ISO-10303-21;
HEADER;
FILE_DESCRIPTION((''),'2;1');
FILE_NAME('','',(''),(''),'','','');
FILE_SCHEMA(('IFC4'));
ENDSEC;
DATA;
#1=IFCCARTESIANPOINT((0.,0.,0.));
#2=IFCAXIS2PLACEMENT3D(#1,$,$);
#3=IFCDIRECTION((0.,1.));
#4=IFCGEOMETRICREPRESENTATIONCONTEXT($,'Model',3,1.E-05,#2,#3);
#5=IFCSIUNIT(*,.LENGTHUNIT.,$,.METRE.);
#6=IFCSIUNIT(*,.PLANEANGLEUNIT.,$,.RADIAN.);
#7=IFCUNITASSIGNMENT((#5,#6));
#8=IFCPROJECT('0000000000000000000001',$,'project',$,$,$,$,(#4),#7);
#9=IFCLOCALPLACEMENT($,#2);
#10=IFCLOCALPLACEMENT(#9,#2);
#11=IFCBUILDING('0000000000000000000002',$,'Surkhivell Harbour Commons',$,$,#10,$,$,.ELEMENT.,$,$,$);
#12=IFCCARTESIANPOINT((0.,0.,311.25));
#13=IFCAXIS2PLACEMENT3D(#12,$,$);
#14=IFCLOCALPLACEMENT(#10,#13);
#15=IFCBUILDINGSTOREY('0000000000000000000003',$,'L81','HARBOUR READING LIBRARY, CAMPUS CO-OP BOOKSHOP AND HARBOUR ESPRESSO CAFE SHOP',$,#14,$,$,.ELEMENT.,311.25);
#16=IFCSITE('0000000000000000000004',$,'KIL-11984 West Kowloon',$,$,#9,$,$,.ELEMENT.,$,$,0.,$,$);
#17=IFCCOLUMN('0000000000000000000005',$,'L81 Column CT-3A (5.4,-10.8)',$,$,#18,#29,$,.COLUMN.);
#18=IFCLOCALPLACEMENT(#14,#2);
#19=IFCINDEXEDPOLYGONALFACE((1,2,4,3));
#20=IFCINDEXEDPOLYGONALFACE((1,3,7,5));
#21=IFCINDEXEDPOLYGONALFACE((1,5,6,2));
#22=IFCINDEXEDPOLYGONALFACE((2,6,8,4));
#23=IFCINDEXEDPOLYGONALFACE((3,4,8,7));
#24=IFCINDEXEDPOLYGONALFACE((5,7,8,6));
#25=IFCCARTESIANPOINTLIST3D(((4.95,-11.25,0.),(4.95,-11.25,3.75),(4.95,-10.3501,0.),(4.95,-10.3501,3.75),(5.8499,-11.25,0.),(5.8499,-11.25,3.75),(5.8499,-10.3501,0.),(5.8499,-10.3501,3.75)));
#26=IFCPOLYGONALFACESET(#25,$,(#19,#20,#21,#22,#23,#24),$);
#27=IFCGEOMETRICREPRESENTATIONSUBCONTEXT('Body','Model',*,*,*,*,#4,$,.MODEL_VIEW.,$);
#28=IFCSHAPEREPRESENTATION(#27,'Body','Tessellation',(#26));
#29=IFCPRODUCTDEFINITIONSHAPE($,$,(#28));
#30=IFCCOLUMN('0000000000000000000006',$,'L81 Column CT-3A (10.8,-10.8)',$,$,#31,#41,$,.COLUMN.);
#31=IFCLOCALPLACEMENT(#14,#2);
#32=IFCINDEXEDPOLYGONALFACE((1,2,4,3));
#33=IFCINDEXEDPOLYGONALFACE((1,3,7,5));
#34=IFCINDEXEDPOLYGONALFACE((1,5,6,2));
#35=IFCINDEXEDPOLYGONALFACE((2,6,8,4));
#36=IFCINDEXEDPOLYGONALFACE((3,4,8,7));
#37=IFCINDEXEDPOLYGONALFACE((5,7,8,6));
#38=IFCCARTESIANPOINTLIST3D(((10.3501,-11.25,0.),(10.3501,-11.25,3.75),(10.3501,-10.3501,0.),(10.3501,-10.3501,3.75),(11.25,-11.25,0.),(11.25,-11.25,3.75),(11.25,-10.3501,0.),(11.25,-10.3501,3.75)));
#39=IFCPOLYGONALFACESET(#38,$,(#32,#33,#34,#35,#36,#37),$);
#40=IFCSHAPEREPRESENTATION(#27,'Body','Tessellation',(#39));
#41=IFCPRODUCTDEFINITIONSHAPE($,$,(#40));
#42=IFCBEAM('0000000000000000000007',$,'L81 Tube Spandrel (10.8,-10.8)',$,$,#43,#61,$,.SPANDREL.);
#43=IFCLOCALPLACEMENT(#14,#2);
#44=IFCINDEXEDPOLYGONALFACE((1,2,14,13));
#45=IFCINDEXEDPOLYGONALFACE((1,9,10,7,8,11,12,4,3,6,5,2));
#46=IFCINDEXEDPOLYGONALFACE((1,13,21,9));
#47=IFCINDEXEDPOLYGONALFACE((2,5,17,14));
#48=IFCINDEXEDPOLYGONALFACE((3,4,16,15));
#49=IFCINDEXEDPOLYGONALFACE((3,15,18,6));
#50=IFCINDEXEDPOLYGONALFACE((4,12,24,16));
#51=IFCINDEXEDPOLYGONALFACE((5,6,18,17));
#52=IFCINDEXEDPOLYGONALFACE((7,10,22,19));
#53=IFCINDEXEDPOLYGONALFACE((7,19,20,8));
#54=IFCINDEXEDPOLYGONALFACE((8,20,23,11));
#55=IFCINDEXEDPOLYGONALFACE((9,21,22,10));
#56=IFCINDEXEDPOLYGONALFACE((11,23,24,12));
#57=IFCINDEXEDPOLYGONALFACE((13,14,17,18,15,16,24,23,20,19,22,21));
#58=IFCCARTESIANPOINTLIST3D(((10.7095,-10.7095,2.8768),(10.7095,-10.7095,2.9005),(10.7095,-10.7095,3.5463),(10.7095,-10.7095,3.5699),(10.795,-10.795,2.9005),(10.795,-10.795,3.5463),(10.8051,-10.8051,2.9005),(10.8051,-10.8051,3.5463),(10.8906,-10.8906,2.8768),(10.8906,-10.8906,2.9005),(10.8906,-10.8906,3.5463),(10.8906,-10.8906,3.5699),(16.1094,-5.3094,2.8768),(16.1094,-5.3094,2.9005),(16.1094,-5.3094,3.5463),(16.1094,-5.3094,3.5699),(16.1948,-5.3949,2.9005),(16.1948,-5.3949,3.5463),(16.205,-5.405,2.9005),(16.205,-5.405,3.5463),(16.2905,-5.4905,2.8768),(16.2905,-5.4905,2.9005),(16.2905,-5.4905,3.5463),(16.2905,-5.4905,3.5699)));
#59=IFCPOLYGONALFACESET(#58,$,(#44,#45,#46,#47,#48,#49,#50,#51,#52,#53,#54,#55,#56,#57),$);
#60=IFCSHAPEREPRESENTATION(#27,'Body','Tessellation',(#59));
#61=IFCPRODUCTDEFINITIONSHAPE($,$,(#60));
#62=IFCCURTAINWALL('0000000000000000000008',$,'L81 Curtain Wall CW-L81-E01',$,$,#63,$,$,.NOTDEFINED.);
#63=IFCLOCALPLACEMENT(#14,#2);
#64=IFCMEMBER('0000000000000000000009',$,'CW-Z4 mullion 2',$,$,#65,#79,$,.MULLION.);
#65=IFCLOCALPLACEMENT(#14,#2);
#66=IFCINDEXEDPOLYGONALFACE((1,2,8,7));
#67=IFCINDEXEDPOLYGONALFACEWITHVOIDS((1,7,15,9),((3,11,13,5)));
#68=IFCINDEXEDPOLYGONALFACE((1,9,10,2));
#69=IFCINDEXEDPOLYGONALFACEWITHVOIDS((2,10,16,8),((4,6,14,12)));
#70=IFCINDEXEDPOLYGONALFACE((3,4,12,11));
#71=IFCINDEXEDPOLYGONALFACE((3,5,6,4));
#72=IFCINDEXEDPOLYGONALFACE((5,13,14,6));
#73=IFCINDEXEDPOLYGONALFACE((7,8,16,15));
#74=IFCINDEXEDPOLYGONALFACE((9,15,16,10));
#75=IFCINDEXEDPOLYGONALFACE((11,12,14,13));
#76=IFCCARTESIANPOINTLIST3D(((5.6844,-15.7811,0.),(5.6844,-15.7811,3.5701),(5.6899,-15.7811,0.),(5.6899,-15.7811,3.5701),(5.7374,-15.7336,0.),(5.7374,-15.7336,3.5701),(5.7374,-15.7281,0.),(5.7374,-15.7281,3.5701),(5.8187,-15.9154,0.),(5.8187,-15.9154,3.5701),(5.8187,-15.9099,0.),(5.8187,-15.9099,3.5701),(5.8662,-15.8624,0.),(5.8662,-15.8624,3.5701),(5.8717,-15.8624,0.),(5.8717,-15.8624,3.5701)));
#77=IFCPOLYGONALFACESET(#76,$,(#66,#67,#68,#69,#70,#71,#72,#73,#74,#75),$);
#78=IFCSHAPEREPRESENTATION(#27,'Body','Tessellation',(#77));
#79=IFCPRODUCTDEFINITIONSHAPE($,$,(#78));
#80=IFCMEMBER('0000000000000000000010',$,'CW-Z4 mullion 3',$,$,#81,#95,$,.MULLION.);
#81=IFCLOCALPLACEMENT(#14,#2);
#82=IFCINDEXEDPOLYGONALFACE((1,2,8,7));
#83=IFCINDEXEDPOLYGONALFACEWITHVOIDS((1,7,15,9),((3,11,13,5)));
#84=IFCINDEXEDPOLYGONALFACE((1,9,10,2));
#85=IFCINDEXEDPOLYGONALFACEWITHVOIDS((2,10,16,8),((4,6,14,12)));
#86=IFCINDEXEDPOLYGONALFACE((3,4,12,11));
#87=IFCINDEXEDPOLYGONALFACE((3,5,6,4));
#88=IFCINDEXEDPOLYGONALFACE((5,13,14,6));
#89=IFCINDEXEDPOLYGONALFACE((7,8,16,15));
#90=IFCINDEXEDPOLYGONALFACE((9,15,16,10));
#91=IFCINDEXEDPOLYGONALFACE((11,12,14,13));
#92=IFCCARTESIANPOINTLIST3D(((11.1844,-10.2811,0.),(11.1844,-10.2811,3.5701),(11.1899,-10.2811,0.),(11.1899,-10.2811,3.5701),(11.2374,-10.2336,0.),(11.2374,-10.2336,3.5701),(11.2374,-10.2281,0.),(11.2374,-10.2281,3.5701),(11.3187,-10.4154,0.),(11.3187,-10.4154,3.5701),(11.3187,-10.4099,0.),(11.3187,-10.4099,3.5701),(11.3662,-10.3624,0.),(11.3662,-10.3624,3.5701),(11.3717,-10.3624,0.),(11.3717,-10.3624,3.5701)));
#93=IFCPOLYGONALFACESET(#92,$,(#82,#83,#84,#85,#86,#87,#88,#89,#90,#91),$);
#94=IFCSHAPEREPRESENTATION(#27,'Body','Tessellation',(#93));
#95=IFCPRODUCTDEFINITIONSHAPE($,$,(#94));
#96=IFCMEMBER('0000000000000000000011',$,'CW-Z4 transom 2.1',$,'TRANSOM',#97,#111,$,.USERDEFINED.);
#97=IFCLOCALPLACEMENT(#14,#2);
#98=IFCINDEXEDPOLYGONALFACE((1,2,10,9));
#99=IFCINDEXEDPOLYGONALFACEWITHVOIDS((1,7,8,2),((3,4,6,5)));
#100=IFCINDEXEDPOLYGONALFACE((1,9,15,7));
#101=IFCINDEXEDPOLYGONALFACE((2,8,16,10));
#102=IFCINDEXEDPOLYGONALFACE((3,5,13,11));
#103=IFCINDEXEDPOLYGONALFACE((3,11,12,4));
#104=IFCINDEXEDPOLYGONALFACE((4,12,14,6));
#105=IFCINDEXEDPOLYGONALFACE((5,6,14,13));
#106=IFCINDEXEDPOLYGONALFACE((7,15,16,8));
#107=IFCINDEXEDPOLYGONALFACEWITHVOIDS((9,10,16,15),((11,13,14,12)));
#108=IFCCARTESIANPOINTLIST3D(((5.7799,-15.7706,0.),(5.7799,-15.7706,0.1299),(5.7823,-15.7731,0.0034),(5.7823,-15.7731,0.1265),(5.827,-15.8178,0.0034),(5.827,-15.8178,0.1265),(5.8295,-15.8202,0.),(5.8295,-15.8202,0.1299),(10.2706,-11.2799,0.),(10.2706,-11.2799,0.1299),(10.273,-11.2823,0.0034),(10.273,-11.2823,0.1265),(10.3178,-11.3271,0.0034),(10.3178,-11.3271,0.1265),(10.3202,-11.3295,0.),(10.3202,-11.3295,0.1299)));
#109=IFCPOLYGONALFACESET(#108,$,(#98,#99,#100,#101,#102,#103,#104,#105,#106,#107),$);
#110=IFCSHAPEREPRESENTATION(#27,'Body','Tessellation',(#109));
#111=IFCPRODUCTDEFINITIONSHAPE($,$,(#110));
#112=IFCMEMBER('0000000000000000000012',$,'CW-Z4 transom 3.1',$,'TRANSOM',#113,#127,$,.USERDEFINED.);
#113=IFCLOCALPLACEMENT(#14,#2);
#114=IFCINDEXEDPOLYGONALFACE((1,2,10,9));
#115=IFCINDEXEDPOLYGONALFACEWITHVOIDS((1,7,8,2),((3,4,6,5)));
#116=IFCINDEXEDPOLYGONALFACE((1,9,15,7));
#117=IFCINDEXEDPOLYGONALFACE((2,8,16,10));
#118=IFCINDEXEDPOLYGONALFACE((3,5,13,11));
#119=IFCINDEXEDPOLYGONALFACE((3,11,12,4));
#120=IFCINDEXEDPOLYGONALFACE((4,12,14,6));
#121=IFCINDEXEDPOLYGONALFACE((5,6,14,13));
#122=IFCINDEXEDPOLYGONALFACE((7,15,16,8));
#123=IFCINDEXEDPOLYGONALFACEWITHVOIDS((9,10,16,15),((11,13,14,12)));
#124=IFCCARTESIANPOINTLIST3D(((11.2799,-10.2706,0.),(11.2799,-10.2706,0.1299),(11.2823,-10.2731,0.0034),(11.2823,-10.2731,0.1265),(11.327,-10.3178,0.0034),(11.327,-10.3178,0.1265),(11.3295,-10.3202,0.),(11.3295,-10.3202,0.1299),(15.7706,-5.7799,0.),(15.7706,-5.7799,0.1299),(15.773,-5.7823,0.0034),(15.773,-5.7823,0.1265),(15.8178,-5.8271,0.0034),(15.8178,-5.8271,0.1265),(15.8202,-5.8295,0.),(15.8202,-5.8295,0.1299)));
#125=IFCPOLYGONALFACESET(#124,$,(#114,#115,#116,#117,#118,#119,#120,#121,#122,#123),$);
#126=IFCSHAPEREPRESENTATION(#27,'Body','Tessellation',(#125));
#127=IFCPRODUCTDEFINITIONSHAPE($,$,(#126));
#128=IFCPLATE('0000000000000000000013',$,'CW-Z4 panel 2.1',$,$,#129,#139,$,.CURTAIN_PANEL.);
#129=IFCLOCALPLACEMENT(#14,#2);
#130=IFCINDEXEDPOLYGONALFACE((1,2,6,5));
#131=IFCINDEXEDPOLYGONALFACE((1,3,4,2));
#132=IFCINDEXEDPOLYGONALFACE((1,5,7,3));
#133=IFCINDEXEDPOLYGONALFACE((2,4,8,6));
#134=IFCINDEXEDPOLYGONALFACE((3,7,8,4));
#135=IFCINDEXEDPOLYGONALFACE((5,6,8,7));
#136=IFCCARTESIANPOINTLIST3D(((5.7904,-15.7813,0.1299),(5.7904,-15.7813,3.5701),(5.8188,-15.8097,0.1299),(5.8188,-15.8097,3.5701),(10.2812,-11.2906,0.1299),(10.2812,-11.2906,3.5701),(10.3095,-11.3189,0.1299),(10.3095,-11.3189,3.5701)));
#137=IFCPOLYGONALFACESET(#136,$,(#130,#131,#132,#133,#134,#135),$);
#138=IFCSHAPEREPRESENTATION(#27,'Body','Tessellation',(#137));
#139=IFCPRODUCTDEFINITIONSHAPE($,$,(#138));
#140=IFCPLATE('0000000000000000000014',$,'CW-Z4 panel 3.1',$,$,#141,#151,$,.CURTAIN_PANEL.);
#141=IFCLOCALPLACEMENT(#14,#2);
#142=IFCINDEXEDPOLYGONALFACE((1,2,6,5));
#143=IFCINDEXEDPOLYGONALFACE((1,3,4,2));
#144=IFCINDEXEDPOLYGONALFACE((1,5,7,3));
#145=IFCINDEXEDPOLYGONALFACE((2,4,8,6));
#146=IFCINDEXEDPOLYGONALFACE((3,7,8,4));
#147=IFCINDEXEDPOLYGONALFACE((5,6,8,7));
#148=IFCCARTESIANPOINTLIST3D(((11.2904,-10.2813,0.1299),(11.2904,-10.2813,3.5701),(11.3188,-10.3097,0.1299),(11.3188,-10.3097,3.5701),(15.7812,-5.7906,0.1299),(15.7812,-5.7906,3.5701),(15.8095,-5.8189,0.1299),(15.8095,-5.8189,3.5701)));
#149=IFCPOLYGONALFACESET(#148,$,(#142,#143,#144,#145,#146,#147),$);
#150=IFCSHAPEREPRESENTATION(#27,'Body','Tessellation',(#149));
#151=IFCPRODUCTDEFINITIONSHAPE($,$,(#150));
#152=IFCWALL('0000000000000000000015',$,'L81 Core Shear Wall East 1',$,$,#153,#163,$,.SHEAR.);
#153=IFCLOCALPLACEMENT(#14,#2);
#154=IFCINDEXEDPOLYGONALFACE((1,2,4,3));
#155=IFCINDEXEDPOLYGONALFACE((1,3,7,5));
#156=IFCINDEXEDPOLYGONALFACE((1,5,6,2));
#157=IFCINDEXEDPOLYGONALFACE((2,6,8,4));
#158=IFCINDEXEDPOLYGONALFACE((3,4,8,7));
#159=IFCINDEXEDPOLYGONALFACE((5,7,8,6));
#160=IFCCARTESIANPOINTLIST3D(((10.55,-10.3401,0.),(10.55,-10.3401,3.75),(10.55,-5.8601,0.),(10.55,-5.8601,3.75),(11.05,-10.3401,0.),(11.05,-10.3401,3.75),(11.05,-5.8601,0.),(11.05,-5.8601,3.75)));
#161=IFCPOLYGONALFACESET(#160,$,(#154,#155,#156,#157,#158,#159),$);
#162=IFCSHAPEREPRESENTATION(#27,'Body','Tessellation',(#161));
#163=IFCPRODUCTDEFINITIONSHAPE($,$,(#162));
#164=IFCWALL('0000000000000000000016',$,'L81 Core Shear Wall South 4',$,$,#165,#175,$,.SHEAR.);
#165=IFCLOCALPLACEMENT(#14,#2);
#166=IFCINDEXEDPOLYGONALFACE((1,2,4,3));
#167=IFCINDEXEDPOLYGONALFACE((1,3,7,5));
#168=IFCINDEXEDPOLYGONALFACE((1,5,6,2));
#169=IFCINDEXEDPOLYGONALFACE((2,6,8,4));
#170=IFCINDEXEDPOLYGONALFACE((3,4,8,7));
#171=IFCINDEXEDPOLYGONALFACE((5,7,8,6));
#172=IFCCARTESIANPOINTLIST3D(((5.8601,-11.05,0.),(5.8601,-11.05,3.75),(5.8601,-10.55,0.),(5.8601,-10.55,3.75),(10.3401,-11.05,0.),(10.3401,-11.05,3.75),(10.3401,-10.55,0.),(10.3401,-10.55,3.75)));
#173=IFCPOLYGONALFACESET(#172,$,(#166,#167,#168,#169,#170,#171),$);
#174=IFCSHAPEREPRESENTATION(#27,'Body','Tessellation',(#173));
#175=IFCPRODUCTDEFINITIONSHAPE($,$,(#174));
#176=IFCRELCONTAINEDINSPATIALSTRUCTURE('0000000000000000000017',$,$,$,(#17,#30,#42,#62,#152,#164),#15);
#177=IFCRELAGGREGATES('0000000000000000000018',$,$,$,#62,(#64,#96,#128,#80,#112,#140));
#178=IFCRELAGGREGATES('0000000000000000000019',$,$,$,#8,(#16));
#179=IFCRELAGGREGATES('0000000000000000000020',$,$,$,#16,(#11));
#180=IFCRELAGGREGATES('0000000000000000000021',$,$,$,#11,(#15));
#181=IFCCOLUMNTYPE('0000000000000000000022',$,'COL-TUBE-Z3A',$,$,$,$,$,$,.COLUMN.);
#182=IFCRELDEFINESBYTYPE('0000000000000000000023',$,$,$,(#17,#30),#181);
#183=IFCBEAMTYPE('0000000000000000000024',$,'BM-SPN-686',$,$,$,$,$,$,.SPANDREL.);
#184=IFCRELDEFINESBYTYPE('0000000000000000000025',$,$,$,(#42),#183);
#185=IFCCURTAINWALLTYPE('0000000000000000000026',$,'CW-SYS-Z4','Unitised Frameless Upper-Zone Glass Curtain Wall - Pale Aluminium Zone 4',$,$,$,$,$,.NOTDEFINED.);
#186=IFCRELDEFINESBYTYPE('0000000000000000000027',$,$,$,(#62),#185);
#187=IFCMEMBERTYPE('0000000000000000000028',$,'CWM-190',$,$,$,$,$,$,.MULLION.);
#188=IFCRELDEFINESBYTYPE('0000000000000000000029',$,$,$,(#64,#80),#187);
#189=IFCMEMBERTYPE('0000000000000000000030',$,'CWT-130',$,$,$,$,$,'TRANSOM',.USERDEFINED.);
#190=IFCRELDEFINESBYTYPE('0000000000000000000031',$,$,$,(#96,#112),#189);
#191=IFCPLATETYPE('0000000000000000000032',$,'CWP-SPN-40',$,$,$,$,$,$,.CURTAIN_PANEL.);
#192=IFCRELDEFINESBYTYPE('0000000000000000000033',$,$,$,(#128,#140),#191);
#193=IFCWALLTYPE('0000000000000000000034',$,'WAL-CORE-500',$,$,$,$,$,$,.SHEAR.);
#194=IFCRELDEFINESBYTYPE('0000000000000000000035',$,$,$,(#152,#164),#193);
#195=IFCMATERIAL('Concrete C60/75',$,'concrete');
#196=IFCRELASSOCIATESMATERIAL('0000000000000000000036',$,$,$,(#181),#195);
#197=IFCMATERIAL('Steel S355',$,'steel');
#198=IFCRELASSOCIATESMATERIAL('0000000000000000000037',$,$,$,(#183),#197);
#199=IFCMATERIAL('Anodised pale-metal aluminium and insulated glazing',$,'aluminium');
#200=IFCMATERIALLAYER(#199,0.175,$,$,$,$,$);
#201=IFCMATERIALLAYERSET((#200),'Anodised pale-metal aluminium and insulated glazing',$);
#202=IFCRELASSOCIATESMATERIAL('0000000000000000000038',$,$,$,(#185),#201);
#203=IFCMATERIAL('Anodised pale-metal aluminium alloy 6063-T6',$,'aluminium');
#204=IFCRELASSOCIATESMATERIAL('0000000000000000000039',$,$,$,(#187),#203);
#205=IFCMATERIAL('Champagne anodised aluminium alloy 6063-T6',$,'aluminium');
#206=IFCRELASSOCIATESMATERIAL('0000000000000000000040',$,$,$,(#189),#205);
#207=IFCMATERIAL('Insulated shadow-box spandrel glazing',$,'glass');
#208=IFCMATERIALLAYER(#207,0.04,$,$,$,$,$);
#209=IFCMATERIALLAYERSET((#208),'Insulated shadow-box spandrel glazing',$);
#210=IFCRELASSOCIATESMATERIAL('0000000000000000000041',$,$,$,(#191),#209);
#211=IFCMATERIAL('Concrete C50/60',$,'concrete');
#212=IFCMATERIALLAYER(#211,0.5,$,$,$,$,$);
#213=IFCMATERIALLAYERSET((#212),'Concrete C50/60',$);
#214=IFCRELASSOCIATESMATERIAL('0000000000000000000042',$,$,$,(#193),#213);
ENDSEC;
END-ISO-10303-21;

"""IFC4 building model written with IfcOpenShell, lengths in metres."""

from ifc_helpers import new_model, si_unit, direction, frame, frame_2d, origin, origin_2d, place, context, subcontext, project, spatial, rectangle, hollow_rectangle, i_section, extrude, material, layer, layer_set, material_profile, profile_set, type_object, element, aggregate, save


model = new_model("IFC4")

# Units and contexts
model_context = context("Model", 3, precision=1e-05, world=origin(), true_north=direction((0.0, 1.0)))
body_context = subcontext(model_context, "Body", "Model", "MODEL_VIEW")
ifc_project = project(units=[si_unit("LENGTHUNIT", "METRE"), si_unit("PLANEANGLEUNIT", "RADIAN")], contexts=[model_context])

# Site, building, storey
site_placement = place(None, origin())
site = spatial("IfcSite", under=ifc_project, at=site_placement, Name="KIL-11984 West Kowloon", CompositionType="ELEMENT", RefElevation=0.0)
building_placement = place(site_placement, origin())
building = spatial("IfcBuilding", under=site, at=building_placement, Name="Surkhivell Harbour Commons", CompositionType="ELEMENT")
storey_placement = place(building_placement, frame((0.0, 0.0, 311.25)))
storey = spatial("IfcBuildingStorey", under=building, at=storey_placement, Name="L81", Description="HARBOUR READING LIBRARY, CAMPUS CO-OP BOOKSHOP AND HARBOUR ESPRESSO CAFE SHOP", CompositionType="ELEMENT", Elevation=311.25)

# Columns
ifc_material_1 = material(Name="Concrete C60/75", Category="concrete")
ifc_material_profile_1 = material_profile(ifc_material_1, rectangle(XDim=0.8999, YDim=0.8999, at=origin_2d()), Name="RC-COL-900x900")
ifc_profile_set_1 = profile_set([ifc_material_profile_1], Name="Concrete C60/75")
column_type = type_object("IfcColumnType", Name="COL-TUBE-Z3A", PredefinedType="COLUMN", material=ifc_profile_set_1)
for number, where, z_axis, x_axis, name in (
    (1, (5.3999, -10.8, 0.0), (0.0, 0.0, 1.0), (1.0, 0.0, 0.0), "L81 Column CT-3A (5.4,-10.8)"),
    (2, (10.8, -10.8, 0.0), (0.0, 0.0, 1.0), (1.0, 0.0, 0.0), "L81 Column CT-3A (10.8,-10.8)"),
):
    element("IfcColumn", number, at=place(storey_placement, frame(where, z_axis=z_axis, x_axis=x_axis)), inside=storey, type_object=column_type, Name=name, PredefinedType="COLUMN", context=body_context, shape_type="SweptSolid", body=[
        extrude(rectangle(XDim=0.8999, YDim=0.8999, at=origin_2d()), origin(), (0.0, 0.0, 1.0), 3.75),
    ])

# Beam
ifc_material_2 = material(Name="Steel S355", Category="steel")
ifc_material_profile_2 = material_profile(ifc_material_2, i_section(OverallWidth=0.2561, OverallDepth=0.6931, WebThickness=0.0144, FlangeThickness=0.0237, at=origin_2d()), Name="UB686x254x170")
ifc_profile_set_2 = profile_set([ifc_material_profile_2], Name="Steel S355")
beam_type = type_object("IfcBeamType", Name="BM-SPN-686", PredefinedType="SPANDREL", material=ifc_profile_set_2)
beam_placement = place(storey_placement, frame((10.8, -10.8, 3.2234), z_axis=(0.707091, 0.707123, 0.0), x_axis=(-0.707123, 0.707091, 0.0)))
element("IfcBeam", 3, at=beam_placement, inside=storey, type_object=beam_type, Name="L81 Tube Spandrel (10.8,-10.8)", PredefinedType="SPANDREL", context=body_context, shape_type="SweptSolid", body=[
    extrude(i_section(OverallWidth=0.2561, OverallDepth=0.6931, WebThickness=0.0144, FlangeThickness=0.0237, at=origin_2d()), origin(), (0.0, 0.0, 1.0), 7.6367),
])

# Curtain wall, members, plates
ifc_material_3 = material(Name="Anodised pale-metal aluminium and insulated glazing", Category="aluminium")
ifc_layer_1 = layer(ifc_material_3, 0.175)
ifc_layer_set_1 = layer_set([ifc_layer_1], Name="Anodised pale-metal aluminium and insulated glazing")
curtain_wall_type = type_object("IfcCurtainWallType", Name="CW-SYS-Z4", Description="Unitised Frameless Upper-Zone Glass Curtain Wall - Pale Aluminium Zone 4", PredefinedType="NOTDEFINED", material=ifc_layer_set_1)
curtain_wall_placement = place(storey_placement, origin())
curtain_wall = element("IfcCurtainWall", 4, at=curtain_wall_placement, inside=storey, type_object=curtain_wall_type, Name="L81 Curtain Wall CW-L81-E01", PredefinedType="NOTDEFINED")
ifc_material_4 = material(Name="Anodised pale-metal aluminium alloy 6063-T6", Category="aluminium")
ifc_material_profile_3 = material_profile(ifc_material_4, hollow_rectangle(XDim=0.075, YDim=0.1899, WallThickness=0.0039, at=origin_2d()), Name="ALU-MULL-75x190")
ifc_profile_set_3 = profile_set([ifc_material_profile_3], Name="Anodised pale-metal aluminium alloy 6063-T6")
member_type_1 = type_object("IfcMemberType", Name="CWM-190", PredefinedType="MULLION", material=ifc_profile_set_3)
member_1_placement = place(storey_placement, frame((5.7781, -15.8218, 0.0), z_axis=(0.0, 0.0, 1.0), x_axis=(0.707107, 0.707107, 0.0)))
member_1 = element("IfcMember", 5, at=member_1_placement, type_object=member_type_1, Name="CW-Z4 mullion 2", PredefinedType="MULLION", context=body_context, shape_type="SweptSolid", body=[
    extrude(hollow_rectangle(XDim=0.075, YDim=0.1899, WallThickness=0.0039, at=origin_2d()), origin(), (0.0, 0.0, 1.0), 3.5701),
])
member_2_placement = place(storey_placement, frame((11.2781, -10.3218, 0.0), z_axis=(0.0, 0.0, 1.0), x_axis=(0.707107, 0.707107, 0.0)))
member_2 = element("IfcMember", 6, at=member_2_placement, type_object=member_type_1, Name="CW-Z4 mullion 3", PredefinedType="MULLION", context=body_context, shape_type="SweptSolid", body=[
    extrude(hollow_rectangle(XDim=0.075, YDim=0.1899, WallThickness=0.0039, at=origin_2d()), origin(), (0.0, 0.0, 1.0), 3.5701),
])
ifc_material_5 = material(Name="Champagne anodised aluminium alloy 6063-T6", Category="aluminium")
ifc_material_profile_4 = material_profile(ifc_material_5, hollow_rectangle(XDim=0.0701, YDim=0.1299, WallThickness=0.0034, at=origin_2d()), Name="ALU-TRAN-70x130")
ifc_profile_set_4 = profile_set([ifc_material_profile_4], Name="Champagne anodised aluminium alloy 6063-T6")
member_type_2 = type_object("IfcMemberType", Name="CWT-130", ElementType="TRANSOM", PredefinedType="USERDEFINED", material=ifc_profile_set_4)
member_3_placement = place(storey_placement, frame((5.8047, -15.7954, 0.0649), z_axis=(0.707107, 0.707107, 0.0), x_axis=(-0.707107, 0.707107, 0.0)))
member_3 = element("IfcMember", 7, at=member_3_placement, type_object=member_type_2, Name="CW-Z4 transom 2.1", ObjectType="TRANSOM", PredefinedType="USERDEFINED", context=body_context, shape_type="SweptSolid", body=[
    extrude(hollow_rectangle(XDim=0.0701, YDim=0.1299, WallThickness=0.0034, at=origin_2d()), origin(), (0.0, 0.0, 1.0), 6.3508),
])
member_4_placement = place(storey_placement, frame((11.3047, -10.2954, 0.0649), z_axis=(0.707107, 0.707107, 0.0), x_axis=(-0.707107, 0.707107, 0.0)))
member_4 = element("IfcMember", 8, at=member_4_placement, type_object=member_type_2, Name="CW-Z4 transom 3.1", ObjectType="TRANSOM", PredefinedType="USERDEFINED", context=body_context, shape_type="SweptSolid", body=[
    extrude(hollow_rectangle(XDim=0.0701, YDim=0.1299, WallThickness=0.0034, at=origin_2d()), origin(), (0.0, 0.0, 1.0), 6.3508),
])
ifc_material_6 = material(Name="Insulated shadow-box spandrel glazing", Category="glass")
ifc_layer_2 = layer(ifc_material_6, 0.04)
ifc_layer_set_2 = layer_set([ifc_layer_2], Name="Insulated shadow-box spandrel glazing")
plate_type = type_object("IfcPlateType", Name="CWP-SPN-40", PredefinedType="CURTAIN_PANEL", material=ifc_layer_set_2)
plate_1_placement = place(storey_placement, frame((5.8047, -15.7954, 0.1299), z_axis=(0.0, 0.0, 1.0), x_axis=(0.707107, 0.707107, 0.0)))
plate_1 = element("IfcPlate", 9, at=plate_1_placement, type_object=plate_type, Name="CW-Z4 panel 2.1", PredefinedType="CURTAIN_PANEL", context=body_context, shape_type="SweptSolid", body=[
    extrude(rectangle(XDim=6.3508, YDim=0.04, at=frame_2d((3.1753, 0.0))), origin(), (0.0, 0.0, 1.0), 3.4402),
])
plate_2_placement = place(storey_placement, frame((11.3047, -10.2954, 0.1299), z_axis=(0.0, 0.0, 1.0), x_axis=(0.707107, 0.707107, 0.0)))
plate_2 = element("IfcPlate", 10, at=plate_2_placement, type_object=plate_type, Name="CW-Z4 panel 3.1", PredefinedType="CURTAIN_PANEL", context=body_context, shape_type="SweptSolid", body=[
    extrude(rectangle(XDim=6.3508, YDim=0.04, at=frame_2d((3.1753, 0.0))), origin(), (0.0, 0.0, 1.0), 3.4402),
])
aggregate(curtain_wall, [member_1, member_3, plate_1, member_2, member_4, plate_2])

# Walls
ifc_material_7 = material(Name="Concrete C50/60", Category="concrete")
ifc_layer_3 = layer(ifc_material_7, 0.5)
ifc_layer_set_3 = layer_set([ifc_layer_3], Name="Concrete C50/60")
wall_type_1 = type_object("IfcWallType", Name="WAL-CORE-500", PredefinedType="SHEAR", material=ifc_layer_set_3)
for number, where, z_axis, x_axis, name in (
    (11, (10.8, -10.3401, 0.0), (0.0, 0.0, 1.0), (0.0, 1.0, 0.0), "L81 Core Shear Wall East 1"),
    (12, (5.8601, -10.8, 0.0), (0.0, 0.0, 1.0), (1.0, 0.0, 0.0), "L81 Core Shear Wall South 4"),
):
    element("IfcWall", number, at=place(storey_placement, frame(where, z_axis=z_axis, x_axis=x_axis)), inside=storey, type_object=wall_type_1, Name=name, PredefinedType="SHEAR", context=body_context, shape_type="SweptSolid", body=[
        extrude(rectangle(XDim=4.48, YDim=0.5, at=frame_2d((2.24, 0.0))), origin(), (0.0, 0.0, 1.0), 3.75),
    ])

save(model, "model.ifc")
